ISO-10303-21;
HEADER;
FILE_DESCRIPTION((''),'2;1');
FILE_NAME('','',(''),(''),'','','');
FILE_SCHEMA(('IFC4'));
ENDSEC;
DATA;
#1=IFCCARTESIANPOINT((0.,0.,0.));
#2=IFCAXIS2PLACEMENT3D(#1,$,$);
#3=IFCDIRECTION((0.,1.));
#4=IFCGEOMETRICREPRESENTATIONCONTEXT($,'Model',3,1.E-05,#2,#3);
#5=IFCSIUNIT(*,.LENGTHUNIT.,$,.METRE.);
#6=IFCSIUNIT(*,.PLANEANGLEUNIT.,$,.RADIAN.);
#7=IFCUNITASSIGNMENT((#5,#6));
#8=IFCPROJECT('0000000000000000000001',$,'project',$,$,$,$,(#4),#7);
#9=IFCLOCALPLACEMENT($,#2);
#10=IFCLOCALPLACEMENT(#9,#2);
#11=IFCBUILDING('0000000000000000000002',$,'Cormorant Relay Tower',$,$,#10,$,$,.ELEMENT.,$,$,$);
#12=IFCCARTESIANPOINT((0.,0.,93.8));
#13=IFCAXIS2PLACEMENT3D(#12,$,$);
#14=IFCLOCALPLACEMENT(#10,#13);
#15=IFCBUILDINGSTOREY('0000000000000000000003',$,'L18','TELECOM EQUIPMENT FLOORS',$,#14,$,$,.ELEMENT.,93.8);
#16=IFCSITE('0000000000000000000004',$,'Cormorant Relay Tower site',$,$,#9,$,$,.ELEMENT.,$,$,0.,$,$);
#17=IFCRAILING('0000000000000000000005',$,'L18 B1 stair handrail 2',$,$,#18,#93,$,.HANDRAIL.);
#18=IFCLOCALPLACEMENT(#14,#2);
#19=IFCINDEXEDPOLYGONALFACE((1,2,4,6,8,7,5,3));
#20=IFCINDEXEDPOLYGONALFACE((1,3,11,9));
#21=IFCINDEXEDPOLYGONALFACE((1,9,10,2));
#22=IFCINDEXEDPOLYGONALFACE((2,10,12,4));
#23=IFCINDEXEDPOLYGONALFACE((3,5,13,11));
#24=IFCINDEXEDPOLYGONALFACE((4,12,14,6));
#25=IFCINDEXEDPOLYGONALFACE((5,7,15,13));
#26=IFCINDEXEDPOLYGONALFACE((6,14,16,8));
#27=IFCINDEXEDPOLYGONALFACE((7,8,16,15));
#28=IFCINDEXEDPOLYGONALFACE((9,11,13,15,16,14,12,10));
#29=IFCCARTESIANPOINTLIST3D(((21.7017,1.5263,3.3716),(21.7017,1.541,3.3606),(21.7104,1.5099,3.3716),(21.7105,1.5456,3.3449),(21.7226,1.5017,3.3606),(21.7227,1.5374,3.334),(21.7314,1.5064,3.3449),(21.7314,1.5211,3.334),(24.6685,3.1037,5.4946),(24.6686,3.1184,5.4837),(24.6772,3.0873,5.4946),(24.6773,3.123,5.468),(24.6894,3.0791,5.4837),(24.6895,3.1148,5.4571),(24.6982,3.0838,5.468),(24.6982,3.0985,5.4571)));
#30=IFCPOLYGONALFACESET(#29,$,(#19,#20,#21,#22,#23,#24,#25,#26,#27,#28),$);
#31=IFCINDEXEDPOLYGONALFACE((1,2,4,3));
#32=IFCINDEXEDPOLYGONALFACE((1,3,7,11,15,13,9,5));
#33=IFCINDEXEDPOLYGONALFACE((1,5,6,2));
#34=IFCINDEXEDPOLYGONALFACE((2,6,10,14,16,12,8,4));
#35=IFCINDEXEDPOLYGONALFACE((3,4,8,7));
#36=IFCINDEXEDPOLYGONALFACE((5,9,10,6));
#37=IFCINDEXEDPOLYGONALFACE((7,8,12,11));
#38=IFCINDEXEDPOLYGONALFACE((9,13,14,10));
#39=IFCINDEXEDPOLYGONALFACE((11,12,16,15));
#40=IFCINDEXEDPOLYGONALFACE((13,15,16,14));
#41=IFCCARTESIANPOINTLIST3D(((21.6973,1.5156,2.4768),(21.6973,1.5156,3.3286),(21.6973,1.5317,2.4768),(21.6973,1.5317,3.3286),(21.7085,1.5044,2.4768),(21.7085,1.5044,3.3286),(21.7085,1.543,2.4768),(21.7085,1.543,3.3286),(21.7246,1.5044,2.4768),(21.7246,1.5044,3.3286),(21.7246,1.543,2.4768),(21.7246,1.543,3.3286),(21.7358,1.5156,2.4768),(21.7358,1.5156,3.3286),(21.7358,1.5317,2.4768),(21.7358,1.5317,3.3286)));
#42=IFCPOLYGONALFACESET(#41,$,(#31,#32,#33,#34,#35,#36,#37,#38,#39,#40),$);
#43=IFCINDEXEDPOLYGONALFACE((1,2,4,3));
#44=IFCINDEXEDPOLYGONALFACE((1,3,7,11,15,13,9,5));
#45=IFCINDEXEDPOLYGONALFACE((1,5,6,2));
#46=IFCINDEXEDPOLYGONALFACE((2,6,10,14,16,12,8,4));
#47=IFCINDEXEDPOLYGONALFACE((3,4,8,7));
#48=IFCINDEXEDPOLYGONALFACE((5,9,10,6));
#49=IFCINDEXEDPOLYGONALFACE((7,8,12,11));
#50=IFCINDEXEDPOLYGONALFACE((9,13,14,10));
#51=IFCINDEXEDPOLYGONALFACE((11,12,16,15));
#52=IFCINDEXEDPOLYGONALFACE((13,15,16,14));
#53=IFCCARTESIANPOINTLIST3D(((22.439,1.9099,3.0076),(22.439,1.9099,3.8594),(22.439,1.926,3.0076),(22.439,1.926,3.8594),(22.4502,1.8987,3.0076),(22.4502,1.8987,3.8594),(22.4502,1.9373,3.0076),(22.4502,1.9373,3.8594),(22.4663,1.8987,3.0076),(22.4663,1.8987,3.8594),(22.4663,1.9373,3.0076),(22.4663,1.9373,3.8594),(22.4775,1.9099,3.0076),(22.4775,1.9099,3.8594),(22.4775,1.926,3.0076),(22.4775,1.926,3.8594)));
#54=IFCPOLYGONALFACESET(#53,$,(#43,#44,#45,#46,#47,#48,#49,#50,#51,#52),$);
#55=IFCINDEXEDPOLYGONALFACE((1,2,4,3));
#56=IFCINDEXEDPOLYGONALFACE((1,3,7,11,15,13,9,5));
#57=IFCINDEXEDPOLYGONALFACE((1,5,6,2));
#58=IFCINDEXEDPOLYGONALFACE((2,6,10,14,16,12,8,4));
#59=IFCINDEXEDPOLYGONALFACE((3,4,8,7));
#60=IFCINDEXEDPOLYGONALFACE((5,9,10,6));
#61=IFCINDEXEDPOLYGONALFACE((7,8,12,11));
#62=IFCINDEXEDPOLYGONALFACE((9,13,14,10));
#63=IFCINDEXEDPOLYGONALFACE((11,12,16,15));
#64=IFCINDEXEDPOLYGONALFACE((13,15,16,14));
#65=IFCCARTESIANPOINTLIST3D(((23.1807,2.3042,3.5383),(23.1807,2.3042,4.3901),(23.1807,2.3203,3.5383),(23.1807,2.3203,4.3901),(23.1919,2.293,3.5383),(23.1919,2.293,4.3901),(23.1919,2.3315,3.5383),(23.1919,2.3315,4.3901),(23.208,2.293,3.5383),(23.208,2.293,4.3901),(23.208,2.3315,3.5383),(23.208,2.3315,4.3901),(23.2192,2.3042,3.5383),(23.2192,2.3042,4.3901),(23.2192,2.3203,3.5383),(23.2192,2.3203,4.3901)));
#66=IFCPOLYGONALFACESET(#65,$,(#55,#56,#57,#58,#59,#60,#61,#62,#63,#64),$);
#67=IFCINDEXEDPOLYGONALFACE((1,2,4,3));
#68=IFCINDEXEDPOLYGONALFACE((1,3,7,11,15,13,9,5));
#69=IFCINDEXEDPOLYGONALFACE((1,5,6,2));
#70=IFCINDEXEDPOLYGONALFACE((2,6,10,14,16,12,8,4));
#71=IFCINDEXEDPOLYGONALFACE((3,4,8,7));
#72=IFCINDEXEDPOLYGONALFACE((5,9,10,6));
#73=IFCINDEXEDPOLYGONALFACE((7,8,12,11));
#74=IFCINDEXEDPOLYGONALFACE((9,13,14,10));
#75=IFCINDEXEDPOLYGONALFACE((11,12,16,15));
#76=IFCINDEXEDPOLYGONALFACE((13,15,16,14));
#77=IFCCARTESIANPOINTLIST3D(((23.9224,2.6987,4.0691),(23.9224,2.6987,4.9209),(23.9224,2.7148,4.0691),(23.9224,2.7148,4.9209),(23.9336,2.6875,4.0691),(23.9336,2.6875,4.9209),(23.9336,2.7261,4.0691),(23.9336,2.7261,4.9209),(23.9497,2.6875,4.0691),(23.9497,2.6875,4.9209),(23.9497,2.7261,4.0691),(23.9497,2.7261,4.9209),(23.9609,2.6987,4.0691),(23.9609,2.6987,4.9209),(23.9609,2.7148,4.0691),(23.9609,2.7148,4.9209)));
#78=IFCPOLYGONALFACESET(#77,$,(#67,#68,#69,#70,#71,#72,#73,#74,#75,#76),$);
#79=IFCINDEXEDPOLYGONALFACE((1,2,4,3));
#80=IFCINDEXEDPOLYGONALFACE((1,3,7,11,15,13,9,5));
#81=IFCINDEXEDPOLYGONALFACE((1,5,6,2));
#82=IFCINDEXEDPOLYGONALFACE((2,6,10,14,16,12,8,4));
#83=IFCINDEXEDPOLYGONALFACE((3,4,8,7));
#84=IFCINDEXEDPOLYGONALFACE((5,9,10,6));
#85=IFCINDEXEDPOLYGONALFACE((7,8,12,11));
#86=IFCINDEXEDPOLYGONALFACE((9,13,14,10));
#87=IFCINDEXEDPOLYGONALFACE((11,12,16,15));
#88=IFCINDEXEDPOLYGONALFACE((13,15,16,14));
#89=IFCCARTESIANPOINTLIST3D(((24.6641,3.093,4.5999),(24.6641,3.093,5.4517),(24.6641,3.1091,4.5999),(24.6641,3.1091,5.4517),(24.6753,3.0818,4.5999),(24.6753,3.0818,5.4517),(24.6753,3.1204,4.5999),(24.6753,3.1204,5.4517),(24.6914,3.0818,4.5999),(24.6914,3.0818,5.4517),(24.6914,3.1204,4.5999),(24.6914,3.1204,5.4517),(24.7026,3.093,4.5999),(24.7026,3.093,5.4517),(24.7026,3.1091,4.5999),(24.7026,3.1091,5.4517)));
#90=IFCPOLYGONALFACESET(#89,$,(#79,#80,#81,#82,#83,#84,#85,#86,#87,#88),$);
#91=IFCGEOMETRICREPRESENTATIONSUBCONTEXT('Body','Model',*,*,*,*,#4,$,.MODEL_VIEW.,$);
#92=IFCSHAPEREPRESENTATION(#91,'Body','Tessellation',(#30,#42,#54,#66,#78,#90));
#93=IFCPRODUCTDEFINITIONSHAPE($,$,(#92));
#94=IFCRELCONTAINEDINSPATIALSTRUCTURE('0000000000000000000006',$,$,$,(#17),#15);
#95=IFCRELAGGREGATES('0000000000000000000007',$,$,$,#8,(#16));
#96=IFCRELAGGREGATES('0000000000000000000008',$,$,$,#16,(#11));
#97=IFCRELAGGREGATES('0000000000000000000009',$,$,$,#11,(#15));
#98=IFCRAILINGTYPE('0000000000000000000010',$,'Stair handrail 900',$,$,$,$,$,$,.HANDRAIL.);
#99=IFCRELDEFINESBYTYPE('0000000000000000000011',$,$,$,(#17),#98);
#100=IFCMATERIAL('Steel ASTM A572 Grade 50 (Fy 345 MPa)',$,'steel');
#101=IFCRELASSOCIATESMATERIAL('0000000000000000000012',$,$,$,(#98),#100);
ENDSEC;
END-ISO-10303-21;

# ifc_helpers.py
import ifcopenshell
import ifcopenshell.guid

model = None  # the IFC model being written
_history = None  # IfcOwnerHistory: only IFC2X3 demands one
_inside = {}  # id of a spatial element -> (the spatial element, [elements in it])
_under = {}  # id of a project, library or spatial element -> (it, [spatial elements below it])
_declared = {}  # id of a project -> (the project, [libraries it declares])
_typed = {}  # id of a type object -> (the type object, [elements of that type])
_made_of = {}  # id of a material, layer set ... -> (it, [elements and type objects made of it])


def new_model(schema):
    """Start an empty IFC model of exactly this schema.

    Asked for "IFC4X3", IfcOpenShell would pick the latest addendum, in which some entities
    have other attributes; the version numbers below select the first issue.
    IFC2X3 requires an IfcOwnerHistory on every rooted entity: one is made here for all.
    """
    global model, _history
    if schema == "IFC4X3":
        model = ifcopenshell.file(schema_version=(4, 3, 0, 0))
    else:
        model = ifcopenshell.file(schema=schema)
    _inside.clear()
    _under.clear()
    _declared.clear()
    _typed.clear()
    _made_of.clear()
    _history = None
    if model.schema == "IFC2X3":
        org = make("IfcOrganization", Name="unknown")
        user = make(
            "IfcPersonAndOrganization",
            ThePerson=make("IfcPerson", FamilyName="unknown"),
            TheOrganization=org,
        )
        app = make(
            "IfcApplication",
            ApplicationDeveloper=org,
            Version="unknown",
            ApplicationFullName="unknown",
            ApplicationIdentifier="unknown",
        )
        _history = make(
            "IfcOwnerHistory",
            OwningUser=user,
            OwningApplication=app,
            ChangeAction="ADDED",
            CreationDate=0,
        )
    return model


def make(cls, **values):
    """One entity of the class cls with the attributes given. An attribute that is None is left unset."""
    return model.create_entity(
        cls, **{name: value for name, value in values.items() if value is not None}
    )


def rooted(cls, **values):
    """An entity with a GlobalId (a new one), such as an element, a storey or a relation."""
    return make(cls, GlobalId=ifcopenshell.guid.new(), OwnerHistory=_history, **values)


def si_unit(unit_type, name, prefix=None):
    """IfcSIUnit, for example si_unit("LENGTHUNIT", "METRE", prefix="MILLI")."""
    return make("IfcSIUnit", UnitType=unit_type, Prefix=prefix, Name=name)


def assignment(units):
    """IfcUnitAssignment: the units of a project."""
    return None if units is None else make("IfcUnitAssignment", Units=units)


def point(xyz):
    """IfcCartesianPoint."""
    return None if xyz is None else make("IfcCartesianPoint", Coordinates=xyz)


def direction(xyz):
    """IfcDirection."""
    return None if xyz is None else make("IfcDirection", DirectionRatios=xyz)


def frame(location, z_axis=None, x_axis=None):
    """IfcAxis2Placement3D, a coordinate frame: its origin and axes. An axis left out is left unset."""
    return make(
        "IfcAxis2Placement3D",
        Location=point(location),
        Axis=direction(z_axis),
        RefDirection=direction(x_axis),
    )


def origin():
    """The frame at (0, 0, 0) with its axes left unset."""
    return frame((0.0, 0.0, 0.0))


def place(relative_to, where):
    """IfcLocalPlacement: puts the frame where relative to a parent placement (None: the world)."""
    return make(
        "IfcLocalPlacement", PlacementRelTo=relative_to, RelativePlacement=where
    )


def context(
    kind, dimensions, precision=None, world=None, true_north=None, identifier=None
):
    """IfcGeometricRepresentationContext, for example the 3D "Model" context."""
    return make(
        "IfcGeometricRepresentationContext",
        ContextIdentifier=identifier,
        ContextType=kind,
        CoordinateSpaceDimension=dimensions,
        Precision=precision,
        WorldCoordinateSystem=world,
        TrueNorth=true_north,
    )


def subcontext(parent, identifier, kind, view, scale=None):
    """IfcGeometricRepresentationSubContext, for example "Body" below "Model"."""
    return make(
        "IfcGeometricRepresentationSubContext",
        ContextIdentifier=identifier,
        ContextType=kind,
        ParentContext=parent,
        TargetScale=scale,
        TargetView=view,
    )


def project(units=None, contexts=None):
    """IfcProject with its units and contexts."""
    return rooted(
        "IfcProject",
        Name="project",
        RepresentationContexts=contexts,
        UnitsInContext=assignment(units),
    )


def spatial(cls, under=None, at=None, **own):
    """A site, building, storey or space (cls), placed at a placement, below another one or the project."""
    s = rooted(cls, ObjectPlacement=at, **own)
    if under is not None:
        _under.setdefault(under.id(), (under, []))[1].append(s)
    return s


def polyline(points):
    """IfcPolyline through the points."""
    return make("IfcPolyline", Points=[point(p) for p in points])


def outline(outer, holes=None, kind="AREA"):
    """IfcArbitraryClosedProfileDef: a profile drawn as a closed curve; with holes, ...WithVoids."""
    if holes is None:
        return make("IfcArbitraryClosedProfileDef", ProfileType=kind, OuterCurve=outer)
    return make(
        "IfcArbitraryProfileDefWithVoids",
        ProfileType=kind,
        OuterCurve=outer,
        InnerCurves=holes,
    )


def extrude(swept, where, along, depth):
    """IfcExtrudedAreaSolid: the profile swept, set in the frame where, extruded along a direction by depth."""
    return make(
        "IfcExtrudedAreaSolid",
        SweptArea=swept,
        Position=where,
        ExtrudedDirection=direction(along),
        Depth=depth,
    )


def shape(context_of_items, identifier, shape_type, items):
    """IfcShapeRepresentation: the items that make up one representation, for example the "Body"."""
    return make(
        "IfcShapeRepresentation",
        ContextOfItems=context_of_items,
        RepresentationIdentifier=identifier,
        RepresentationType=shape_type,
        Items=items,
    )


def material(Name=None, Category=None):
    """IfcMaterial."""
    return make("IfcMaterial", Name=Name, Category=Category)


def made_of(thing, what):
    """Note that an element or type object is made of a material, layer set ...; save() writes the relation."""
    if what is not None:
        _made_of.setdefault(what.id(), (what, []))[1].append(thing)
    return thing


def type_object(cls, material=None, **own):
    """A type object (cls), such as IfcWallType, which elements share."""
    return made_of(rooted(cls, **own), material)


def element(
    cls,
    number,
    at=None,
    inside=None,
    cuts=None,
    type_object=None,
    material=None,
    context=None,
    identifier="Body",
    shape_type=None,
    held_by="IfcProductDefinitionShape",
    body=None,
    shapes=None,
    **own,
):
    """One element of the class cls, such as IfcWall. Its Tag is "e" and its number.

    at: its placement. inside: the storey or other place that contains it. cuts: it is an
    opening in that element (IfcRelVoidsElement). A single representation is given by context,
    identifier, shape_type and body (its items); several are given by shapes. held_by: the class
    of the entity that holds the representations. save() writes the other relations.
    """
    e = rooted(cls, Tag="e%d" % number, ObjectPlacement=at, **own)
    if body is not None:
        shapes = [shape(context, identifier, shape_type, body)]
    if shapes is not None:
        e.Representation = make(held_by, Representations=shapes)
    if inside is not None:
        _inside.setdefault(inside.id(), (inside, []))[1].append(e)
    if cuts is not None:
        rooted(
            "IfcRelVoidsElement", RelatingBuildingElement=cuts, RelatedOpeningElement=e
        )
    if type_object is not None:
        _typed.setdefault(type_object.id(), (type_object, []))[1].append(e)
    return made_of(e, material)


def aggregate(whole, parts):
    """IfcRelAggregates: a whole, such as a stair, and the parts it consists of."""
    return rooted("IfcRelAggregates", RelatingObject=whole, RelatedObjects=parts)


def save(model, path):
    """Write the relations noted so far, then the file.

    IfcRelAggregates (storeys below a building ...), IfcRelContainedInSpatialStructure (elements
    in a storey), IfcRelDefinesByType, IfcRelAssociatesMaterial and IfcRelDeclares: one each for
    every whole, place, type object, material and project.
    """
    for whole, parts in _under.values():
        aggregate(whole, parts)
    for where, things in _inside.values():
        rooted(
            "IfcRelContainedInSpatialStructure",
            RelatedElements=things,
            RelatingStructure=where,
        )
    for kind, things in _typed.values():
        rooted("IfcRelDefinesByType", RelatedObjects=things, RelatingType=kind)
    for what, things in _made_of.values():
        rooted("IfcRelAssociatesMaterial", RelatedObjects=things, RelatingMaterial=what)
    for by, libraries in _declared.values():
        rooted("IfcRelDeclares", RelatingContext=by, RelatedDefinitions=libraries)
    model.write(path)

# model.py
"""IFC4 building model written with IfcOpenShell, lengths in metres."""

from ifc_helpers import new_model, si_unit, direction, frame, origin, place, context, subcontext, project, spatial, polyline, outline, extrude, material, type_object, element, save


model = new_model("IFC4")

# Units and contexts
model_context = context("Model", 3, precision=1e-05, world=origin(), true_north=direction((0.0, 1.0)))
body_context = subcontext(model_context, "Body", "Model", "MODEL_VIEW")
ifc_project = project(units=[si_unit("LENGTHUNIT", "METRE"), si_unit("PLANEANGLEUNIT", "RADIAN")], contexts=[model_context])

# Site, building, storey
site_placement = place(None, origin())
site = spatial("IfcSite", under=ifc_project, at=site_placement, Name="Cormorant Relay Tower site", CompositionType="ELEMENT", RefElevation=0.0)
building_placement = place(site_placement, origin())
building = spatial("IfcBuilding", under=site, at=building_placement, Name="Cormorant Relay Tower", CompositionType="ELEMENT")
storey_placement = place(building_placement, frame((0.0, 0.0, 93.8)))
storey = spatial("IfcBuildingStorey", under=building, at=storey_placement, Name="L18", Description="TELECOM EQUIPMENT FLOORS", CompositionType="ELEMENT", Elevation=93.8)

# Railing
ifc_material_1 = material(Name="Steel ASTM A572 Grade 50 (Fy 345 MPa)", Category="steel")
railing_type_1 = type_object("IfcRailingType", Name="Stair handrail 900", PredefinedType="HANDRAIL", material=ifc_material_1)
railing_1_placement = place(storey_placement, frame((21.7166, 1.5237, 2.4768)))
element("IfcRailing", 1, at=railing_1_placement, inside=storey, type_object=railing_type_1, Name="L18 B1 stair handrail 2", PredefinedType="HANDRAIL", context=body_context, shape_type="SweptSolid", body=[
    extrude(outline(polyline([(0.0222, 0.0093), (0.0093, 0.0222), (-0.0093, 0.0222), (-0.0222, 0.0093), (-0.0222, -0.0093), (-0.0093, -0.0222), (0.0093, -0.0222), (0.0222, -0.0093), (0.0222, 0.0093)])), frame((0.0, 0.0, 0.876), z_axis=(0.746441, 0.396869, 0.534155), x_axis=(-0.469453, 0.882958, 0.0)), (0.0, 0.0, 1.0), 3.9746),
    extrude(outline(polyline([(0.0193, 0.0081), (0.0081, 0.0193), (-0.0081, 0.0193), (-0.0193, 0.0081), (-0.0193, -0.0081), (-0.0081, -0.0193), (0.0081, -0.0193), (0.0193, -0.0081), (0.0193, 0.0081)])), origin(), (0.0, 0.0, 1.0), 0.8518),
    extrude(outline(polyline([(0.0193, 0.0081), (0.0081, 0.0193), (-0.0081, 0.0193), (-0.0193, 0.0081), (-0.0193, -0.0081), (-0.0081, -0.0193), (0.0081, -0.0193), (0.0193, -0.0081), (0.0193, 0.0081)])), frame((0.7417, 0.3943, 0.5308)), (0.0, 0.0, 1.0), 0.8518),
    extrude(outline(polyline([(0.0193, 0.0081), (0.0081, 0.0193), (-0.0081, 0.0193), (-0.0193, 0.0081), (-0.0193, -0.0081), (-0.0081, -0.0193), (0.0081, -0.0193), (0.0193, -0.0081), (0.0193, 0.0081)])), frame((1.4834, 0.7886, 1.0615)), (0.0, 0.0, 1.0), 0.8518),
    extrude(outline(polyline([(0.0193, 0.0081), (0.0081, 0.0193), (-0.0081, 0.0193), (-0.0193, 0.0081), (-0.0193, -0.0081), (-0.0081, -0.0193), (0.0081, -0.0193), (0.0193, -0.0081), (0.0193, 0.0081)])), frame((2.2251, 1.1831, 1.5923)), (0.0, 0.0, 1.0), 0.8518),
    extrude(outline(polyline([(0.0193, 0.0081), (0.0081, 0.0193), (-0.0081, 0.0193), (-0.0193, 0.0081), (-0.0193, -0.0081), (-0.0081, -0.0193), (0.0081, -0.0193), (0.0193, -0.0081), (0.0193, 0.0081)])), frame((2.9668, 1.5774, 2.123)), (0.0, 0.0, 1.0), 0.8518),
])

save(model, "model.ifc")
